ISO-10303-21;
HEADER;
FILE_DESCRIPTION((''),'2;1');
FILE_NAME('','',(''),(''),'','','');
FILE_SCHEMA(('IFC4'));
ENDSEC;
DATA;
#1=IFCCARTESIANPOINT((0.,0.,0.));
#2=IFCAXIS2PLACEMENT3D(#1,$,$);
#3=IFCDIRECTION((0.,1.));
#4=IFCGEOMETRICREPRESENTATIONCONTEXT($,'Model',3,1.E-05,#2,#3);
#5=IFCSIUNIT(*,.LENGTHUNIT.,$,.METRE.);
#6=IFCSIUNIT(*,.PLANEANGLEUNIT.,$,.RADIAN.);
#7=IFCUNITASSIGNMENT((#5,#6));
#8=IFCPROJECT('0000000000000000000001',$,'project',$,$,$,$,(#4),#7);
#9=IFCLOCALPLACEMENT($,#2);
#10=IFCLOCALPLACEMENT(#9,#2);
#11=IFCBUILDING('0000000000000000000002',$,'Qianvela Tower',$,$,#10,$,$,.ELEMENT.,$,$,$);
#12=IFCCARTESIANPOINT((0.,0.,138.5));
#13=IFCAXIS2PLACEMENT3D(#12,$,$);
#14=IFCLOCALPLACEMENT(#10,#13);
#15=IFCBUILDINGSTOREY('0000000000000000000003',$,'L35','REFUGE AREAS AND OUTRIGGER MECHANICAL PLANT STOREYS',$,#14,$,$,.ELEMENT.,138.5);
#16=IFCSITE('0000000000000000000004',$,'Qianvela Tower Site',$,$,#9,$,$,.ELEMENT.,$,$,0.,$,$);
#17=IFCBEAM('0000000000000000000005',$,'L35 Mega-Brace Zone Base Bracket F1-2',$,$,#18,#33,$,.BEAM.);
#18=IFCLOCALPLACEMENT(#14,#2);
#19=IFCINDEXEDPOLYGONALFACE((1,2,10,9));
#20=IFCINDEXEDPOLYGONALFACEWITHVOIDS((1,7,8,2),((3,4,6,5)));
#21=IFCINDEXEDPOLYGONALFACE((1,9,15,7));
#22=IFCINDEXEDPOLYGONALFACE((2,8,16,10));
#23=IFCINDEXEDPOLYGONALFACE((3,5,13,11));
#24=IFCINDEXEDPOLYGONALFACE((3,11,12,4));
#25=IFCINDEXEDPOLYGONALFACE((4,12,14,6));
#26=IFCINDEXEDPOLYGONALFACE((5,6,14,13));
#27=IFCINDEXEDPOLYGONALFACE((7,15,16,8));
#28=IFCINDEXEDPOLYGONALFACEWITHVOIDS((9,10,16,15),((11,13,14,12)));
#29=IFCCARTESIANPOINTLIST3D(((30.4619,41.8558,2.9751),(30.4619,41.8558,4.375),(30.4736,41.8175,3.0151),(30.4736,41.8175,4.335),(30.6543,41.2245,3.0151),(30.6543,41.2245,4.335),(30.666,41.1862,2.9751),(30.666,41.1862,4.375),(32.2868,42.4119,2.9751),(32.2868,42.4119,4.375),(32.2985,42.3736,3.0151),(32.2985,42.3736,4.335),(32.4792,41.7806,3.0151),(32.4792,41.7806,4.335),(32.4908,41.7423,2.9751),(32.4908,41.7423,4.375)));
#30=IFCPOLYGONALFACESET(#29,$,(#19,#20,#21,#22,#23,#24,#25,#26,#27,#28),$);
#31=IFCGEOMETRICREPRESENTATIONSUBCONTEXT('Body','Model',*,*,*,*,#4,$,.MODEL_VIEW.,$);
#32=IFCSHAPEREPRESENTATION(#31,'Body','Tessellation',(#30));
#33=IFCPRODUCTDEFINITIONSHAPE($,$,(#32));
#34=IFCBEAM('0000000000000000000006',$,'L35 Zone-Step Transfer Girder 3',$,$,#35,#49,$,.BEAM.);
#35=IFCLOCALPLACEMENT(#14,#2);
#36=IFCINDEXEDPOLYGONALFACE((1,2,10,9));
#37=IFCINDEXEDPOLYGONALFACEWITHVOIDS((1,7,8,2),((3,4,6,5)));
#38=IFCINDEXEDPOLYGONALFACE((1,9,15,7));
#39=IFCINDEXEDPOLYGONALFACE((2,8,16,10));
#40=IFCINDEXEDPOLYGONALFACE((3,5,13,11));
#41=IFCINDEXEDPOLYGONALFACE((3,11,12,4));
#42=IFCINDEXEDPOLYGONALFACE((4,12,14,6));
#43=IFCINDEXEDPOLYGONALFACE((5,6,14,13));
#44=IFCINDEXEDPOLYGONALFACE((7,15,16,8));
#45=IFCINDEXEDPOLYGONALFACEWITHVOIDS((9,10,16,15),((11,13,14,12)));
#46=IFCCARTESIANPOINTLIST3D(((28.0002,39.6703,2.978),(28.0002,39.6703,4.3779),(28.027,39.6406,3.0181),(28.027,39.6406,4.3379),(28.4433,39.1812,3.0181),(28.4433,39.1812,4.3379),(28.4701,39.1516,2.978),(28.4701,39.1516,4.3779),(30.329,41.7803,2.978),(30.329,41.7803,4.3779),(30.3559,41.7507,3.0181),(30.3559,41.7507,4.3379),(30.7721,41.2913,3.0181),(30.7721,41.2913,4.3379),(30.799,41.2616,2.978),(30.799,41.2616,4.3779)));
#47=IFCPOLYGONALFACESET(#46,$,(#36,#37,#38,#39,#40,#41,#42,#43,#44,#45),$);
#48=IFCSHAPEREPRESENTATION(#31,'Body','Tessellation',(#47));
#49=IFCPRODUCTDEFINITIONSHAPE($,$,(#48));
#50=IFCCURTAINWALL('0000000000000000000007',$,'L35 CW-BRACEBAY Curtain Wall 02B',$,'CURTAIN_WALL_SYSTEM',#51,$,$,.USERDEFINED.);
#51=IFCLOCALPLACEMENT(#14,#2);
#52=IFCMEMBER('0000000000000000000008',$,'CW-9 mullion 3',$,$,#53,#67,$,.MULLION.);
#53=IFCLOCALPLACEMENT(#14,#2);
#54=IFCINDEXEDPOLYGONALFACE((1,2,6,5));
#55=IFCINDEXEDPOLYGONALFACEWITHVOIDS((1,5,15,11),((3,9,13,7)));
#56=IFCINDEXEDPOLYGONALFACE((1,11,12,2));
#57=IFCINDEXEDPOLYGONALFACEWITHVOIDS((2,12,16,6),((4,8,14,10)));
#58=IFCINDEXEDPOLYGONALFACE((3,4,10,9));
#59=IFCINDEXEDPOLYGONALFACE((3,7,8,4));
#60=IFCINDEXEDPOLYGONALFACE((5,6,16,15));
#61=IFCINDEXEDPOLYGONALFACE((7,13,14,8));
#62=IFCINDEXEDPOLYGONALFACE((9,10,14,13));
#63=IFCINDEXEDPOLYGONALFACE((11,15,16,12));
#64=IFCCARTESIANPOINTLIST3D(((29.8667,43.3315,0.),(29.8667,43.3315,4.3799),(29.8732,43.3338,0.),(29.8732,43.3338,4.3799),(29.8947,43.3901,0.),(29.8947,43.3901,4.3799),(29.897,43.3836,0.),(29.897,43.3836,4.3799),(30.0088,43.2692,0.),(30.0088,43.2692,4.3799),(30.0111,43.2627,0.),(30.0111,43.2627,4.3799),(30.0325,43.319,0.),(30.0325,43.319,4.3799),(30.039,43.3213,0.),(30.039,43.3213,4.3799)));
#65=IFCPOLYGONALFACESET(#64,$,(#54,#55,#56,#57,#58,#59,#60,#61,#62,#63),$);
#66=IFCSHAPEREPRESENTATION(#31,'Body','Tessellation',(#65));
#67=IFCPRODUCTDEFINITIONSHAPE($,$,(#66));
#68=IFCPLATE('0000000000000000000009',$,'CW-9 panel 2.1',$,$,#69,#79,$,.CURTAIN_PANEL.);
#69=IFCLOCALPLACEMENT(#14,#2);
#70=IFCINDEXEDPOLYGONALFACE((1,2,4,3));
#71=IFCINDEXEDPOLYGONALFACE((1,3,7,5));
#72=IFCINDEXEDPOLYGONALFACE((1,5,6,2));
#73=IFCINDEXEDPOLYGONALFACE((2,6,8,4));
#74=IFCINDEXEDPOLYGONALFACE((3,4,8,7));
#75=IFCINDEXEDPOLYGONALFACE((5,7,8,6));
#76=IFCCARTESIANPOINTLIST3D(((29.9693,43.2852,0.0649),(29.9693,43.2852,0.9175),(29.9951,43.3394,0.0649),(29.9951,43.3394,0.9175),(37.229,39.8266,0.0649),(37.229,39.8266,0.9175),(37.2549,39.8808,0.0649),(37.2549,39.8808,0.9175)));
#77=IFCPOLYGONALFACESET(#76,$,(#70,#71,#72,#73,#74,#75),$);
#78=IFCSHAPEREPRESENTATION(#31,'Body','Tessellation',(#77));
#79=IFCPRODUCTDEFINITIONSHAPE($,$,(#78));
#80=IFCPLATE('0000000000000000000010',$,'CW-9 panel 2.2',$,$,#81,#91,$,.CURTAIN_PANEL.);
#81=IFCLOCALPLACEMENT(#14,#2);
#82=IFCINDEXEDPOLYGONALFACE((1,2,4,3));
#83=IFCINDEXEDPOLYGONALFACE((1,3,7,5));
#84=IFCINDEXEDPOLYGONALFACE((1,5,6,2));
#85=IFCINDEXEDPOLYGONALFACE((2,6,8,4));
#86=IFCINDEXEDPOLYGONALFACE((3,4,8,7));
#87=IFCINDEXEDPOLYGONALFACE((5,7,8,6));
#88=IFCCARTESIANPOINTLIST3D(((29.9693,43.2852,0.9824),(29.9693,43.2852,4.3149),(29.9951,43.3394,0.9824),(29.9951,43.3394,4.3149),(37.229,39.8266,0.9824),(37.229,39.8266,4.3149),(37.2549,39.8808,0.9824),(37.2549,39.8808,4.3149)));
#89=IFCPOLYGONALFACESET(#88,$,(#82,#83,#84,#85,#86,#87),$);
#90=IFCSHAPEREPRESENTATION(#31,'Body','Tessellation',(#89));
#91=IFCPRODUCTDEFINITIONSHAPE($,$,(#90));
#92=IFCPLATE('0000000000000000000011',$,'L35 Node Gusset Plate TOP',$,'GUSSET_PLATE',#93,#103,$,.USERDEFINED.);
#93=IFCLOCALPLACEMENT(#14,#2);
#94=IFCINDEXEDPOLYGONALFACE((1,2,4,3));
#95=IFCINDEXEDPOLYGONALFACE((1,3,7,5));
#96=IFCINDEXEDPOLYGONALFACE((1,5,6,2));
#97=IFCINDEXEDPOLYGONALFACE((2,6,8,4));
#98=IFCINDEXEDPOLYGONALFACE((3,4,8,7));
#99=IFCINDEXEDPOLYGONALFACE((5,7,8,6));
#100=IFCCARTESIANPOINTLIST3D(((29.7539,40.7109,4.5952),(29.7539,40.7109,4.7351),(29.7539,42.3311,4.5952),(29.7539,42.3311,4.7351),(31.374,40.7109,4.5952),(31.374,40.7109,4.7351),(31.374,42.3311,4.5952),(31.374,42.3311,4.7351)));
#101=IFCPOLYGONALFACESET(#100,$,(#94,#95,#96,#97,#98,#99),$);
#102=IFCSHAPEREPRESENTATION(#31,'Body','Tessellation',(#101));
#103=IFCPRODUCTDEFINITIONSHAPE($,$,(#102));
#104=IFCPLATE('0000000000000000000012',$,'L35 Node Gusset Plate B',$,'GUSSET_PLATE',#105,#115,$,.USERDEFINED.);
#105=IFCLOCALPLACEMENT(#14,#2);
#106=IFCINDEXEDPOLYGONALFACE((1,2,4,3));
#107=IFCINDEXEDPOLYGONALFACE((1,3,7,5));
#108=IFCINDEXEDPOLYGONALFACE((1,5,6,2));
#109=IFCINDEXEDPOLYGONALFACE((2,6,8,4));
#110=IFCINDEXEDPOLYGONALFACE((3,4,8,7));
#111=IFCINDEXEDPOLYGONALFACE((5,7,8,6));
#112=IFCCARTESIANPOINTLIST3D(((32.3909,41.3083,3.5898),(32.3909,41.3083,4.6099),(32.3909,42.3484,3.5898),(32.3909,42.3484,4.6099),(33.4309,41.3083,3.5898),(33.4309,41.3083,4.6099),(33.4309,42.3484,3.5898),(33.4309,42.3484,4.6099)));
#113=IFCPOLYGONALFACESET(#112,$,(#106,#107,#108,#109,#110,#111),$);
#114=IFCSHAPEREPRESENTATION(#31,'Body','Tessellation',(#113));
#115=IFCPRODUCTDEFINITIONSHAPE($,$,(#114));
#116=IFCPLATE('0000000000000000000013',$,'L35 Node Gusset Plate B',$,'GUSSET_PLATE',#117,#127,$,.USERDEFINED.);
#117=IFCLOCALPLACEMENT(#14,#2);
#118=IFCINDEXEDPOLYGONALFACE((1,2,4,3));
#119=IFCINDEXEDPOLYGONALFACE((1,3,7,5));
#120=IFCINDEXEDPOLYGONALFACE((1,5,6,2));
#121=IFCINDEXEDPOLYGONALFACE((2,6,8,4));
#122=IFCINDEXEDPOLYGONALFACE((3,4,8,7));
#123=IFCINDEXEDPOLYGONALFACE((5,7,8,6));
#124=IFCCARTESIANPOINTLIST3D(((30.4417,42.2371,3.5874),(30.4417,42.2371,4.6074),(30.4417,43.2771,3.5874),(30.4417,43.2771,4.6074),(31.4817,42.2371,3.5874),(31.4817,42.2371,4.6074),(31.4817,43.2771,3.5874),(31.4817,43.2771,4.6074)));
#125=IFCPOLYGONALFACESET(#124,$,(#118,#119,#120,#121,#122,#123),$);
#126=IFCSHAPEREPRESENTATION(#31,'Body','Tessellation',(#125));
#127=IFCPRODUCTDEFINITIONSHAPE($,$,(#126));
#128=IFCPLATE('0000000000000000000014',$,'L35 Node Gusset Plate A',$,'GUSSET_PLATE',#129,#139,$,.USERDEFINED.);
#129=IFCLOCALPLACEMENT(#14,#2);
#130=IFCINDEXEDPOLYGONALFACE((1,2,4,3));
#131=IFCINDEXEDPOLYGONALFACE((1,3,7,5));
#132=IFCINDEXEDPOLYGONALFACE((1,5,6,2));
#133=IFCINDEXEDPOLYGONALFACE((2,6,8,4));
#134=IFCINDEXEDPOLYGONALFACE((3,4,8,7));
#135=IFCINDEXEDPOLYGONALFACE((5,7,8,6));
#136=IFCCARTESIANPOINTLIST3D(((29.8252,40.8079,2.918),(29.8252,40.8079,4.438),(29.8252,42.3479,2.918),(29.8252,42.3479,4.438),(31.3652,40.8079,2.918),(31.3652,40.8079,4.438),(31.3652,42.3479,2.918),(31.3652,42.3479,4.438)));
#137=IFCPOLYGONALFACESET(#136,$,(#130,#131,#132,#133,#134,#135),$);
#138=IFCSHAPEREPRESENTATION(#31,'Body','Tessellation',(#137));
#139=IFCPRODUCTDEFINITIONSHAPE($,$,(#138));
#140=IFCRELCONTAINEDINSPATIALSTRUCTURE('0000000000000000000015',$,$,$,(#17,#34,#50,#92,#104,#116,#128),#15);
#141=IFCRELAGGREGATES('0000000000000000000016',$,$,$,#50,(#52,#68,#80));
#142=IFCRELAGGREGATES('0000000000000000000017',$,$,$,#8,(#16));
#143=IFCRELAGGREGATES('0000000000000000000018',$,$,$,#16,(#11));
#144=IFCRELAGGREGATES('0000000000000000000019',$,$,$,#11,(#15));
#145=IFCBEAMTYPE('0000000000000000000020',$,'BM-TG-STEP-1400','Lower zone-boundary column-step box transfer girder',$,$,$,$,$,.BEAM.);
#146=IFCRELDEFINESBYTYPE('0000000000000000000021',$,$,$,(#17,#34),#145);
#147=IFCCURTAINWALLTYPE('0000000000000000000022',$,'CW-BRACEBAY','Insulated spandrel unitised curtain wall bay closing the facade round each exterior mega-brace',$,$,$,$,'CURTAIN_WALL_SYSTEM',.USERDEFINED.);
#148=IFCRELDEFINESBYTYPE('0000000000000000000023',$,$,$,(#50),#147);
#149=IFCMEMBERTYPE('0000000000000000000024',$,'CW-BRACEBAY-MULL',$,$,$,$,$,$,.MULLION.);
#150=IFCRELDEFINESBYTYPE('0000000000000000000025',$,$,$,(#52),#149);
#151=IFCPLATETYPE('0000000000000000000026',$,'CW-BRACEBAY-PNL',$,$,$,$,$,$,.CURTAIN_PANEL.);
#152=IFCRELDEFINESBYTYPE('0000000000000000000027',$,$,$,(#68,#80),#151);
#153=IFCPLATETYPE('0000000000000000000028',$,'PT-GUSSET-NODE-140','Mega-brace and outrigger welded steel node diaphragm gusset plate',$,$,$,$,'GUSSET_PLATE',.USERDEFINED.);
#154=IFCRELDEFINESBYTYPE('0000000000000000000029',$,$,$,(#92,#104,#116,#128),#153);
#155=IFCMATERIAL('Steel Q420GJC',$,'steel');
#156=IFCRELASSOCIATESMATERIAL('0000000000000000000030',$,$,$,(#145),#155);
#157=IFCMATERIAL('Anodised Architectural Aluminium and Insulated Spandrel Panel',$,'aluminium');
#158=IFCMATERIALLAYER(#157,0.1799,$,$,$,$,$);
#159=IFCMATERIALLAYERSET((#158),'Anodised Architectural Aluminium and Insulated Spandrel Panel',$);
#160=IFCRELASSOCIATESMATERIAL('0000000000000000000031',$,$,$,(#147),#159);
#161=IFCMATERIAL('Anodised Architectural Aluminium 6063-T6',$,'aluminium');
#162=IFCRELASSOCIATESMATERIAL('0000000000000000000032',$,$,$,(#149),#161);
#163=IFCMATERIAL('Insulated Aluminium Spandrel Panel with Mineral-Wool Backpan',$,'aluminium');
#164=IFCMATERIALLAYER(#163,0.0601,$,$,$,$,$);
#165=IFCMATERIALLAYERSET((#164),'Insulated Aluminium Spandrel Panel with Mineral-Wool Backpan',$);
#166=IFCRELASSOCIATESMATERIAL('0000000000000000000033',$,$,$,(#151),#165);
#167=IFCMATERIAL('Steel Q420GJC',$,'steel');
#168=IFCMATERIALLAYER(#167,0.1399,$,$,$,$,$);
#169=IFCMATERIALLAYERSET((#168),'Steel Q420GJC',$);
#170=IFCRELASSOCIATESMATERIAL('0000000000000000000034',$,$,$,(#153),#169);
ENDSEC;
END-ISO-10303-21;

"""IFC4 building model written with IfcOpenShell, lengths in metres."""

from ifc_helpers import new_model, si_unit, direction, frame, origin, origin_2d, place, context, subcontext, project, spatial, rectangle, hollow_rectangle, extrude, material, layer, layer_set, material_profile, profile_set, type_object, element, aggregate, save


model = new_model("IFC4")

# Units and contexts
model_context = context("Model", 3, precision=1e-05, world=origin(), true_north=direction((0.0, 1.0)))
body_context = subcontext(model_context, "Body", "Model", "MODEL_VIEW")
ifc_project = project(units=[si_unit("LENGTHUNIT", "METRE"), si_unit("PLANEANGLEUNIT", "RADIAN")], contexts=[model_context])

# Site, building, storey
site_placement = place(None, origin())
site = spatial("IfcSite", under=ifc_project, at=site_placement, Name="Qianvela Tower Site", CompositionType="ELEMENT", RefElevation=0.0)
building_placement = place(site_placement, origin())
building = spatial("IfcBuilding", under=site, at=building_placement, Name="Qianvela Tower", CompositionType="ELEMENT")
storey_placement = place(building_placement, frame((0.0, 0.0, 138.5)))
storey = spatial("IfcBuildingStorey", under=building, at=storey_placement, Name="L35", Description="REFUGE AREAS AND OUTRIGGER MECHANICAL PLANT STOREYS", CompositionType="ELEMENT", Elevation=138.5)

# Beams
ifc_material_1 = material(Name="Steel Q420GJC", Category="steel")
ifc_material_profile_1 = material_profile(ifc_material_1, hollow_rectangle(XDim=0.7, YDim=1.3999, WallThickness=0.04, at=origin_2d()), Name="TG-BOX-1400x700x40")
ifc_profile_set_1 = profile_set([ifc_material_profile_1], Name="Steel Q420GJC")
beam_type_1 = type_object("IfcBeamType", Name="BM-TG-STEP-1400", Description="Lower zone-boundary column-step box transfer girder", PredefinedType="BEAM", material=ifc_profile_set_1)
beam_1_placement = place(storey_placement, frame((30.564, 41.521, 3.675), z_axis=(0.956567, 0.291513, 0.0), x_axis=(-0.291513, 0.956567, 0.0)))
element("IfcBeam", 1, at=beam_1_placement, inside=storey, type_object=beam_type_1, Name="L35 Mega-Brace Zone Base Bracket F1-2", PredefinedType="BEAM", context=body_context, shape_type="SweptSolid", body=[
    extrude(hollow_rectangle(XDim=0.7, YDim=1.3999, WallThickness=0.04, at=origin_2d()), origin(), (0.0, 0.0, 1.0), 1.9077),
])
beam_2_placement = place(storey_placement, frame((30.564, 41.521, 3.678), z_axis=(-0.741053, -0.671446, 0.0), x_axis=(0.671446, -0.741053, 0.0)))
element("IfcBeam", 2, at=beam_2_placement, inside=storey, type_object=beam_type_1, Name="L35 Zone-Step Transfer Girder 3", PredefinedType="BEAM", context=body_context, shape_type="SweptSolid", body=[
    extrude(hollow_rectangle(XDim=0.7, YDim=1.3999, WallThickness=0.04, at=origin_2d()), origin(), (0.0, 0.0, 1.0), 3.1426),
])

# Curtain wall, member, plates
ifc_material_2 = material(Name="Anodised Architectural Aluminium and Insulated Spandrel Panel", Category="aluminium")
ifc_layer_1 = layer(ifc_material_2, 0.1799)
ifc_layer_set_1 = layer_set([ifc_layer_1], Name="Anodised Architectural Aluminium and Insulated Spandrel Panel")
curtain_wall_type = type_object("IfcCurtainWallType", Name="CW-BRACEBAY", Description="Insulated spandrel unitised curtain wall bay closing the facade round each exterior mega-brace", ElementType="CURTAIN_WALL_SYSTEM", PredefinedType="USERDEFINED", material=ifc_layer_set_1)
curtain_wall_placement = place(storey_placement, origin())
curtain_wall = element("IfcCurtainWall", 3, at=curtain_wall_placement, inside=storey, type_object=curtain_wall_type, Name="L35 CW-BRACEBAY Curtain Wall 02B", ObjectType="CURTAIN_WALL_SYSTEM", PredefinedType="USERDEFINED")
ifc_material_3 = material(Name="Anodised Architectural Aluminium 6063-T6", Category="aluminium")
ifc_material_profile_2 = material_profile(ifc_material_3, hollow_rectangle(XDim=0.0649, YDim=0.1599, WallThickness=0.0049, at=origin_2d()), Name="ALU-MULL-65x160")
ifc_profile_set_2 = profile_set([ifc_material_profile_2], Name="Anodised Architectural Aluminium 6063-T6")
member_type = type_object("IfcMemberType", Name="CW-BRACEBAY-MULL", PredefinedType="MULLION", material=ifc_profile_set_2)
member_placement = place(storey_placement, frame((29.9529, 43.3264, 0.0), z_axis=(0.0, 0.0, 1.0), x_axis=(-0.430086, -0.902788, 0.0)))
member = element("IfcMember", 4, at=member_placement, type_object=member_type, Name="CW-9 mullion 3", PredefinedType="MULLION", context=body_context, shape_type="SweptSolid", body=[
    extrude(hollow_rectangle(XDim=0.0649, YDim=0.1599, WallThickness=0.0049, at=origin_2d()), origin(), (0.0, 0.0, 1.0), 4.3799),
])
ifc_material_4 = material(Name="Insulated Aluminium Spandrel Panel with Mineral-Wool Backpan", Category="aluminium")
ifc_layer_2 = layer(ifc_material_4, 0.0601)
ifc_layer_set_2 = layer_set([ifc_layer_2], Name="Insulated Aluminium Spandrel Panel with Mineral-Wool Backpan")
plate_type_1 = type_object("IfcPlateType", Name="CW-BRACEBAY-PNL", PredefinedType="CURTAIN_PANEL", material=ifc_layer_set_2)
plate_1_placement = place(storey_placement, frame((33.6121, 41.583, 0.0649), z_axis=(0.0, 0.0, 1.0), x_axis=(-0.902788, 0.430086, 0.0)))
plate_1 = element("IfcPlate", 5, at=plate_1_placement, type_object=plate_type_1, Name="CW-9 panel 2.1", PredefinedType="CURTAIN_PANEL", context=body_context, shape_type="SweptSolid", body=[
    extrude(rectangle(XDim=8.0415, YDim=0.0601, at=origin_2d()), origin(), (0.0, 0.0, 1.0), 0.8525),
])
plate_2_placement = place(storey_placement, frame((33.6121, 41.583, 0.9824), z_axis=(0.0, 0.0, 1.0), x_axis=(-0.902788, 0.430086, 0.0)))
plate_2 = element("IfcPlate", 6, at=plate_2_placement, type_object=plate_type_1, Name="CW-9 panel 2.2", PredefinedType="CURTAIN_PANEL", context=body_context, shape_type="SweptSolid", body=[
    extrude(rectangle(XDim=8.0415, YDim=0.0601, at=origin_2d()), origin(), (0.0, 0.0, 1.0), 3.3325),
])
aggregate(curtain_wall, [member, plate_1, plate_2])

# Plates
ifc_material_5 = material(Name="Steel Q420GJC", Category="steel")
ifc_layer_3 = layer(ifc_material_5, 0.1399)
ifc_layer_set_3 = layer_set([ifc_layer_3], Name="Steel Q420GJC")
plate_type_2 = type_object("IfcPlateType", Name="PT-GUSSET-NODE-140", Description="Mega-brace and outrigger welded steel node diaphragm gusset plate", ElementType="GUSSET_PLATE", PredefinedType="USERDEFINED", material=ifc_layer_set_3)
plate_3_placement = place(storey_placement, frame((30.564, 41.521, 4.5952), z_axis=(0.0, 0.0, 1.0), x_axis=(1.0, 0.0, 0.0)))
element("IfcPlate", 7, at=plate_3_placement, inside=storey, type_object=plate_type_2, Name="L35 Node Gusset Plate TOP", ObjectType="GUSSET_PLATE", PredefinedType="USERDEFINED", context=body_context, shape_type="SweptSolid", body=[
    extrude(rectangle(XDim=1.6201, YDim=1.6201, at=origin_2d()), origin(), (0.0, 0.0, 1.0), 0.1399),
])
for number, where, z_axis, x_axis, name in (
    (8, (32.9109, 41.8284, 3.5898), (0.0, 0.0, 1.0), (1.0, 0.0, 0.0), "L35 Node Gusset Plate B"),
    (9, (30.9617, 42.7571, 3.5874), (0.0, 0.0, 1.0), (1.0, 0.0, 0.0), "L35 Node Gusset Plate B"),
):
    element("IfcPlate", number, at=place(storey_placement, frame(where, z_axis=z_axis, x_axis=x_axis)), inside=storey, type_object=plate_type_2, Name=name, ObjectType="GUSSET_PLATE", PredefinedType="USERDEFINED", context=body_context, shape_type="SweptSolid", body=[
        extrude(rectangle(XDim=1.04, YDim=1.04, at=origin_2d()), origin(), (0.0, 0.0, 1.0), 1.02),
    ])
plate_4_placement = place(storey_placement, frame((30.5952, 41.5779, 2.918), z_axis=(0.0, 0.0, 1.0), x_axis=(1.0, 0.0, 0.0)))
element("IfcPlate", 10, at=plate_4_placement, inside=storey, type_object=plate_type_2, Name="L35 Node Gusset Plate A", ObjectType="GUSSET_PLATE", PredefinedType="USERDEFINED", context=body_context, shape_type="SweptSolid", body=[
    extrude(rectangle(XDim=1.54, YDim=1.54, at=origin_2d()), origin(), (0.0, 0.0, 1.0), 1.52),
])

save(model, "model.ifc")
